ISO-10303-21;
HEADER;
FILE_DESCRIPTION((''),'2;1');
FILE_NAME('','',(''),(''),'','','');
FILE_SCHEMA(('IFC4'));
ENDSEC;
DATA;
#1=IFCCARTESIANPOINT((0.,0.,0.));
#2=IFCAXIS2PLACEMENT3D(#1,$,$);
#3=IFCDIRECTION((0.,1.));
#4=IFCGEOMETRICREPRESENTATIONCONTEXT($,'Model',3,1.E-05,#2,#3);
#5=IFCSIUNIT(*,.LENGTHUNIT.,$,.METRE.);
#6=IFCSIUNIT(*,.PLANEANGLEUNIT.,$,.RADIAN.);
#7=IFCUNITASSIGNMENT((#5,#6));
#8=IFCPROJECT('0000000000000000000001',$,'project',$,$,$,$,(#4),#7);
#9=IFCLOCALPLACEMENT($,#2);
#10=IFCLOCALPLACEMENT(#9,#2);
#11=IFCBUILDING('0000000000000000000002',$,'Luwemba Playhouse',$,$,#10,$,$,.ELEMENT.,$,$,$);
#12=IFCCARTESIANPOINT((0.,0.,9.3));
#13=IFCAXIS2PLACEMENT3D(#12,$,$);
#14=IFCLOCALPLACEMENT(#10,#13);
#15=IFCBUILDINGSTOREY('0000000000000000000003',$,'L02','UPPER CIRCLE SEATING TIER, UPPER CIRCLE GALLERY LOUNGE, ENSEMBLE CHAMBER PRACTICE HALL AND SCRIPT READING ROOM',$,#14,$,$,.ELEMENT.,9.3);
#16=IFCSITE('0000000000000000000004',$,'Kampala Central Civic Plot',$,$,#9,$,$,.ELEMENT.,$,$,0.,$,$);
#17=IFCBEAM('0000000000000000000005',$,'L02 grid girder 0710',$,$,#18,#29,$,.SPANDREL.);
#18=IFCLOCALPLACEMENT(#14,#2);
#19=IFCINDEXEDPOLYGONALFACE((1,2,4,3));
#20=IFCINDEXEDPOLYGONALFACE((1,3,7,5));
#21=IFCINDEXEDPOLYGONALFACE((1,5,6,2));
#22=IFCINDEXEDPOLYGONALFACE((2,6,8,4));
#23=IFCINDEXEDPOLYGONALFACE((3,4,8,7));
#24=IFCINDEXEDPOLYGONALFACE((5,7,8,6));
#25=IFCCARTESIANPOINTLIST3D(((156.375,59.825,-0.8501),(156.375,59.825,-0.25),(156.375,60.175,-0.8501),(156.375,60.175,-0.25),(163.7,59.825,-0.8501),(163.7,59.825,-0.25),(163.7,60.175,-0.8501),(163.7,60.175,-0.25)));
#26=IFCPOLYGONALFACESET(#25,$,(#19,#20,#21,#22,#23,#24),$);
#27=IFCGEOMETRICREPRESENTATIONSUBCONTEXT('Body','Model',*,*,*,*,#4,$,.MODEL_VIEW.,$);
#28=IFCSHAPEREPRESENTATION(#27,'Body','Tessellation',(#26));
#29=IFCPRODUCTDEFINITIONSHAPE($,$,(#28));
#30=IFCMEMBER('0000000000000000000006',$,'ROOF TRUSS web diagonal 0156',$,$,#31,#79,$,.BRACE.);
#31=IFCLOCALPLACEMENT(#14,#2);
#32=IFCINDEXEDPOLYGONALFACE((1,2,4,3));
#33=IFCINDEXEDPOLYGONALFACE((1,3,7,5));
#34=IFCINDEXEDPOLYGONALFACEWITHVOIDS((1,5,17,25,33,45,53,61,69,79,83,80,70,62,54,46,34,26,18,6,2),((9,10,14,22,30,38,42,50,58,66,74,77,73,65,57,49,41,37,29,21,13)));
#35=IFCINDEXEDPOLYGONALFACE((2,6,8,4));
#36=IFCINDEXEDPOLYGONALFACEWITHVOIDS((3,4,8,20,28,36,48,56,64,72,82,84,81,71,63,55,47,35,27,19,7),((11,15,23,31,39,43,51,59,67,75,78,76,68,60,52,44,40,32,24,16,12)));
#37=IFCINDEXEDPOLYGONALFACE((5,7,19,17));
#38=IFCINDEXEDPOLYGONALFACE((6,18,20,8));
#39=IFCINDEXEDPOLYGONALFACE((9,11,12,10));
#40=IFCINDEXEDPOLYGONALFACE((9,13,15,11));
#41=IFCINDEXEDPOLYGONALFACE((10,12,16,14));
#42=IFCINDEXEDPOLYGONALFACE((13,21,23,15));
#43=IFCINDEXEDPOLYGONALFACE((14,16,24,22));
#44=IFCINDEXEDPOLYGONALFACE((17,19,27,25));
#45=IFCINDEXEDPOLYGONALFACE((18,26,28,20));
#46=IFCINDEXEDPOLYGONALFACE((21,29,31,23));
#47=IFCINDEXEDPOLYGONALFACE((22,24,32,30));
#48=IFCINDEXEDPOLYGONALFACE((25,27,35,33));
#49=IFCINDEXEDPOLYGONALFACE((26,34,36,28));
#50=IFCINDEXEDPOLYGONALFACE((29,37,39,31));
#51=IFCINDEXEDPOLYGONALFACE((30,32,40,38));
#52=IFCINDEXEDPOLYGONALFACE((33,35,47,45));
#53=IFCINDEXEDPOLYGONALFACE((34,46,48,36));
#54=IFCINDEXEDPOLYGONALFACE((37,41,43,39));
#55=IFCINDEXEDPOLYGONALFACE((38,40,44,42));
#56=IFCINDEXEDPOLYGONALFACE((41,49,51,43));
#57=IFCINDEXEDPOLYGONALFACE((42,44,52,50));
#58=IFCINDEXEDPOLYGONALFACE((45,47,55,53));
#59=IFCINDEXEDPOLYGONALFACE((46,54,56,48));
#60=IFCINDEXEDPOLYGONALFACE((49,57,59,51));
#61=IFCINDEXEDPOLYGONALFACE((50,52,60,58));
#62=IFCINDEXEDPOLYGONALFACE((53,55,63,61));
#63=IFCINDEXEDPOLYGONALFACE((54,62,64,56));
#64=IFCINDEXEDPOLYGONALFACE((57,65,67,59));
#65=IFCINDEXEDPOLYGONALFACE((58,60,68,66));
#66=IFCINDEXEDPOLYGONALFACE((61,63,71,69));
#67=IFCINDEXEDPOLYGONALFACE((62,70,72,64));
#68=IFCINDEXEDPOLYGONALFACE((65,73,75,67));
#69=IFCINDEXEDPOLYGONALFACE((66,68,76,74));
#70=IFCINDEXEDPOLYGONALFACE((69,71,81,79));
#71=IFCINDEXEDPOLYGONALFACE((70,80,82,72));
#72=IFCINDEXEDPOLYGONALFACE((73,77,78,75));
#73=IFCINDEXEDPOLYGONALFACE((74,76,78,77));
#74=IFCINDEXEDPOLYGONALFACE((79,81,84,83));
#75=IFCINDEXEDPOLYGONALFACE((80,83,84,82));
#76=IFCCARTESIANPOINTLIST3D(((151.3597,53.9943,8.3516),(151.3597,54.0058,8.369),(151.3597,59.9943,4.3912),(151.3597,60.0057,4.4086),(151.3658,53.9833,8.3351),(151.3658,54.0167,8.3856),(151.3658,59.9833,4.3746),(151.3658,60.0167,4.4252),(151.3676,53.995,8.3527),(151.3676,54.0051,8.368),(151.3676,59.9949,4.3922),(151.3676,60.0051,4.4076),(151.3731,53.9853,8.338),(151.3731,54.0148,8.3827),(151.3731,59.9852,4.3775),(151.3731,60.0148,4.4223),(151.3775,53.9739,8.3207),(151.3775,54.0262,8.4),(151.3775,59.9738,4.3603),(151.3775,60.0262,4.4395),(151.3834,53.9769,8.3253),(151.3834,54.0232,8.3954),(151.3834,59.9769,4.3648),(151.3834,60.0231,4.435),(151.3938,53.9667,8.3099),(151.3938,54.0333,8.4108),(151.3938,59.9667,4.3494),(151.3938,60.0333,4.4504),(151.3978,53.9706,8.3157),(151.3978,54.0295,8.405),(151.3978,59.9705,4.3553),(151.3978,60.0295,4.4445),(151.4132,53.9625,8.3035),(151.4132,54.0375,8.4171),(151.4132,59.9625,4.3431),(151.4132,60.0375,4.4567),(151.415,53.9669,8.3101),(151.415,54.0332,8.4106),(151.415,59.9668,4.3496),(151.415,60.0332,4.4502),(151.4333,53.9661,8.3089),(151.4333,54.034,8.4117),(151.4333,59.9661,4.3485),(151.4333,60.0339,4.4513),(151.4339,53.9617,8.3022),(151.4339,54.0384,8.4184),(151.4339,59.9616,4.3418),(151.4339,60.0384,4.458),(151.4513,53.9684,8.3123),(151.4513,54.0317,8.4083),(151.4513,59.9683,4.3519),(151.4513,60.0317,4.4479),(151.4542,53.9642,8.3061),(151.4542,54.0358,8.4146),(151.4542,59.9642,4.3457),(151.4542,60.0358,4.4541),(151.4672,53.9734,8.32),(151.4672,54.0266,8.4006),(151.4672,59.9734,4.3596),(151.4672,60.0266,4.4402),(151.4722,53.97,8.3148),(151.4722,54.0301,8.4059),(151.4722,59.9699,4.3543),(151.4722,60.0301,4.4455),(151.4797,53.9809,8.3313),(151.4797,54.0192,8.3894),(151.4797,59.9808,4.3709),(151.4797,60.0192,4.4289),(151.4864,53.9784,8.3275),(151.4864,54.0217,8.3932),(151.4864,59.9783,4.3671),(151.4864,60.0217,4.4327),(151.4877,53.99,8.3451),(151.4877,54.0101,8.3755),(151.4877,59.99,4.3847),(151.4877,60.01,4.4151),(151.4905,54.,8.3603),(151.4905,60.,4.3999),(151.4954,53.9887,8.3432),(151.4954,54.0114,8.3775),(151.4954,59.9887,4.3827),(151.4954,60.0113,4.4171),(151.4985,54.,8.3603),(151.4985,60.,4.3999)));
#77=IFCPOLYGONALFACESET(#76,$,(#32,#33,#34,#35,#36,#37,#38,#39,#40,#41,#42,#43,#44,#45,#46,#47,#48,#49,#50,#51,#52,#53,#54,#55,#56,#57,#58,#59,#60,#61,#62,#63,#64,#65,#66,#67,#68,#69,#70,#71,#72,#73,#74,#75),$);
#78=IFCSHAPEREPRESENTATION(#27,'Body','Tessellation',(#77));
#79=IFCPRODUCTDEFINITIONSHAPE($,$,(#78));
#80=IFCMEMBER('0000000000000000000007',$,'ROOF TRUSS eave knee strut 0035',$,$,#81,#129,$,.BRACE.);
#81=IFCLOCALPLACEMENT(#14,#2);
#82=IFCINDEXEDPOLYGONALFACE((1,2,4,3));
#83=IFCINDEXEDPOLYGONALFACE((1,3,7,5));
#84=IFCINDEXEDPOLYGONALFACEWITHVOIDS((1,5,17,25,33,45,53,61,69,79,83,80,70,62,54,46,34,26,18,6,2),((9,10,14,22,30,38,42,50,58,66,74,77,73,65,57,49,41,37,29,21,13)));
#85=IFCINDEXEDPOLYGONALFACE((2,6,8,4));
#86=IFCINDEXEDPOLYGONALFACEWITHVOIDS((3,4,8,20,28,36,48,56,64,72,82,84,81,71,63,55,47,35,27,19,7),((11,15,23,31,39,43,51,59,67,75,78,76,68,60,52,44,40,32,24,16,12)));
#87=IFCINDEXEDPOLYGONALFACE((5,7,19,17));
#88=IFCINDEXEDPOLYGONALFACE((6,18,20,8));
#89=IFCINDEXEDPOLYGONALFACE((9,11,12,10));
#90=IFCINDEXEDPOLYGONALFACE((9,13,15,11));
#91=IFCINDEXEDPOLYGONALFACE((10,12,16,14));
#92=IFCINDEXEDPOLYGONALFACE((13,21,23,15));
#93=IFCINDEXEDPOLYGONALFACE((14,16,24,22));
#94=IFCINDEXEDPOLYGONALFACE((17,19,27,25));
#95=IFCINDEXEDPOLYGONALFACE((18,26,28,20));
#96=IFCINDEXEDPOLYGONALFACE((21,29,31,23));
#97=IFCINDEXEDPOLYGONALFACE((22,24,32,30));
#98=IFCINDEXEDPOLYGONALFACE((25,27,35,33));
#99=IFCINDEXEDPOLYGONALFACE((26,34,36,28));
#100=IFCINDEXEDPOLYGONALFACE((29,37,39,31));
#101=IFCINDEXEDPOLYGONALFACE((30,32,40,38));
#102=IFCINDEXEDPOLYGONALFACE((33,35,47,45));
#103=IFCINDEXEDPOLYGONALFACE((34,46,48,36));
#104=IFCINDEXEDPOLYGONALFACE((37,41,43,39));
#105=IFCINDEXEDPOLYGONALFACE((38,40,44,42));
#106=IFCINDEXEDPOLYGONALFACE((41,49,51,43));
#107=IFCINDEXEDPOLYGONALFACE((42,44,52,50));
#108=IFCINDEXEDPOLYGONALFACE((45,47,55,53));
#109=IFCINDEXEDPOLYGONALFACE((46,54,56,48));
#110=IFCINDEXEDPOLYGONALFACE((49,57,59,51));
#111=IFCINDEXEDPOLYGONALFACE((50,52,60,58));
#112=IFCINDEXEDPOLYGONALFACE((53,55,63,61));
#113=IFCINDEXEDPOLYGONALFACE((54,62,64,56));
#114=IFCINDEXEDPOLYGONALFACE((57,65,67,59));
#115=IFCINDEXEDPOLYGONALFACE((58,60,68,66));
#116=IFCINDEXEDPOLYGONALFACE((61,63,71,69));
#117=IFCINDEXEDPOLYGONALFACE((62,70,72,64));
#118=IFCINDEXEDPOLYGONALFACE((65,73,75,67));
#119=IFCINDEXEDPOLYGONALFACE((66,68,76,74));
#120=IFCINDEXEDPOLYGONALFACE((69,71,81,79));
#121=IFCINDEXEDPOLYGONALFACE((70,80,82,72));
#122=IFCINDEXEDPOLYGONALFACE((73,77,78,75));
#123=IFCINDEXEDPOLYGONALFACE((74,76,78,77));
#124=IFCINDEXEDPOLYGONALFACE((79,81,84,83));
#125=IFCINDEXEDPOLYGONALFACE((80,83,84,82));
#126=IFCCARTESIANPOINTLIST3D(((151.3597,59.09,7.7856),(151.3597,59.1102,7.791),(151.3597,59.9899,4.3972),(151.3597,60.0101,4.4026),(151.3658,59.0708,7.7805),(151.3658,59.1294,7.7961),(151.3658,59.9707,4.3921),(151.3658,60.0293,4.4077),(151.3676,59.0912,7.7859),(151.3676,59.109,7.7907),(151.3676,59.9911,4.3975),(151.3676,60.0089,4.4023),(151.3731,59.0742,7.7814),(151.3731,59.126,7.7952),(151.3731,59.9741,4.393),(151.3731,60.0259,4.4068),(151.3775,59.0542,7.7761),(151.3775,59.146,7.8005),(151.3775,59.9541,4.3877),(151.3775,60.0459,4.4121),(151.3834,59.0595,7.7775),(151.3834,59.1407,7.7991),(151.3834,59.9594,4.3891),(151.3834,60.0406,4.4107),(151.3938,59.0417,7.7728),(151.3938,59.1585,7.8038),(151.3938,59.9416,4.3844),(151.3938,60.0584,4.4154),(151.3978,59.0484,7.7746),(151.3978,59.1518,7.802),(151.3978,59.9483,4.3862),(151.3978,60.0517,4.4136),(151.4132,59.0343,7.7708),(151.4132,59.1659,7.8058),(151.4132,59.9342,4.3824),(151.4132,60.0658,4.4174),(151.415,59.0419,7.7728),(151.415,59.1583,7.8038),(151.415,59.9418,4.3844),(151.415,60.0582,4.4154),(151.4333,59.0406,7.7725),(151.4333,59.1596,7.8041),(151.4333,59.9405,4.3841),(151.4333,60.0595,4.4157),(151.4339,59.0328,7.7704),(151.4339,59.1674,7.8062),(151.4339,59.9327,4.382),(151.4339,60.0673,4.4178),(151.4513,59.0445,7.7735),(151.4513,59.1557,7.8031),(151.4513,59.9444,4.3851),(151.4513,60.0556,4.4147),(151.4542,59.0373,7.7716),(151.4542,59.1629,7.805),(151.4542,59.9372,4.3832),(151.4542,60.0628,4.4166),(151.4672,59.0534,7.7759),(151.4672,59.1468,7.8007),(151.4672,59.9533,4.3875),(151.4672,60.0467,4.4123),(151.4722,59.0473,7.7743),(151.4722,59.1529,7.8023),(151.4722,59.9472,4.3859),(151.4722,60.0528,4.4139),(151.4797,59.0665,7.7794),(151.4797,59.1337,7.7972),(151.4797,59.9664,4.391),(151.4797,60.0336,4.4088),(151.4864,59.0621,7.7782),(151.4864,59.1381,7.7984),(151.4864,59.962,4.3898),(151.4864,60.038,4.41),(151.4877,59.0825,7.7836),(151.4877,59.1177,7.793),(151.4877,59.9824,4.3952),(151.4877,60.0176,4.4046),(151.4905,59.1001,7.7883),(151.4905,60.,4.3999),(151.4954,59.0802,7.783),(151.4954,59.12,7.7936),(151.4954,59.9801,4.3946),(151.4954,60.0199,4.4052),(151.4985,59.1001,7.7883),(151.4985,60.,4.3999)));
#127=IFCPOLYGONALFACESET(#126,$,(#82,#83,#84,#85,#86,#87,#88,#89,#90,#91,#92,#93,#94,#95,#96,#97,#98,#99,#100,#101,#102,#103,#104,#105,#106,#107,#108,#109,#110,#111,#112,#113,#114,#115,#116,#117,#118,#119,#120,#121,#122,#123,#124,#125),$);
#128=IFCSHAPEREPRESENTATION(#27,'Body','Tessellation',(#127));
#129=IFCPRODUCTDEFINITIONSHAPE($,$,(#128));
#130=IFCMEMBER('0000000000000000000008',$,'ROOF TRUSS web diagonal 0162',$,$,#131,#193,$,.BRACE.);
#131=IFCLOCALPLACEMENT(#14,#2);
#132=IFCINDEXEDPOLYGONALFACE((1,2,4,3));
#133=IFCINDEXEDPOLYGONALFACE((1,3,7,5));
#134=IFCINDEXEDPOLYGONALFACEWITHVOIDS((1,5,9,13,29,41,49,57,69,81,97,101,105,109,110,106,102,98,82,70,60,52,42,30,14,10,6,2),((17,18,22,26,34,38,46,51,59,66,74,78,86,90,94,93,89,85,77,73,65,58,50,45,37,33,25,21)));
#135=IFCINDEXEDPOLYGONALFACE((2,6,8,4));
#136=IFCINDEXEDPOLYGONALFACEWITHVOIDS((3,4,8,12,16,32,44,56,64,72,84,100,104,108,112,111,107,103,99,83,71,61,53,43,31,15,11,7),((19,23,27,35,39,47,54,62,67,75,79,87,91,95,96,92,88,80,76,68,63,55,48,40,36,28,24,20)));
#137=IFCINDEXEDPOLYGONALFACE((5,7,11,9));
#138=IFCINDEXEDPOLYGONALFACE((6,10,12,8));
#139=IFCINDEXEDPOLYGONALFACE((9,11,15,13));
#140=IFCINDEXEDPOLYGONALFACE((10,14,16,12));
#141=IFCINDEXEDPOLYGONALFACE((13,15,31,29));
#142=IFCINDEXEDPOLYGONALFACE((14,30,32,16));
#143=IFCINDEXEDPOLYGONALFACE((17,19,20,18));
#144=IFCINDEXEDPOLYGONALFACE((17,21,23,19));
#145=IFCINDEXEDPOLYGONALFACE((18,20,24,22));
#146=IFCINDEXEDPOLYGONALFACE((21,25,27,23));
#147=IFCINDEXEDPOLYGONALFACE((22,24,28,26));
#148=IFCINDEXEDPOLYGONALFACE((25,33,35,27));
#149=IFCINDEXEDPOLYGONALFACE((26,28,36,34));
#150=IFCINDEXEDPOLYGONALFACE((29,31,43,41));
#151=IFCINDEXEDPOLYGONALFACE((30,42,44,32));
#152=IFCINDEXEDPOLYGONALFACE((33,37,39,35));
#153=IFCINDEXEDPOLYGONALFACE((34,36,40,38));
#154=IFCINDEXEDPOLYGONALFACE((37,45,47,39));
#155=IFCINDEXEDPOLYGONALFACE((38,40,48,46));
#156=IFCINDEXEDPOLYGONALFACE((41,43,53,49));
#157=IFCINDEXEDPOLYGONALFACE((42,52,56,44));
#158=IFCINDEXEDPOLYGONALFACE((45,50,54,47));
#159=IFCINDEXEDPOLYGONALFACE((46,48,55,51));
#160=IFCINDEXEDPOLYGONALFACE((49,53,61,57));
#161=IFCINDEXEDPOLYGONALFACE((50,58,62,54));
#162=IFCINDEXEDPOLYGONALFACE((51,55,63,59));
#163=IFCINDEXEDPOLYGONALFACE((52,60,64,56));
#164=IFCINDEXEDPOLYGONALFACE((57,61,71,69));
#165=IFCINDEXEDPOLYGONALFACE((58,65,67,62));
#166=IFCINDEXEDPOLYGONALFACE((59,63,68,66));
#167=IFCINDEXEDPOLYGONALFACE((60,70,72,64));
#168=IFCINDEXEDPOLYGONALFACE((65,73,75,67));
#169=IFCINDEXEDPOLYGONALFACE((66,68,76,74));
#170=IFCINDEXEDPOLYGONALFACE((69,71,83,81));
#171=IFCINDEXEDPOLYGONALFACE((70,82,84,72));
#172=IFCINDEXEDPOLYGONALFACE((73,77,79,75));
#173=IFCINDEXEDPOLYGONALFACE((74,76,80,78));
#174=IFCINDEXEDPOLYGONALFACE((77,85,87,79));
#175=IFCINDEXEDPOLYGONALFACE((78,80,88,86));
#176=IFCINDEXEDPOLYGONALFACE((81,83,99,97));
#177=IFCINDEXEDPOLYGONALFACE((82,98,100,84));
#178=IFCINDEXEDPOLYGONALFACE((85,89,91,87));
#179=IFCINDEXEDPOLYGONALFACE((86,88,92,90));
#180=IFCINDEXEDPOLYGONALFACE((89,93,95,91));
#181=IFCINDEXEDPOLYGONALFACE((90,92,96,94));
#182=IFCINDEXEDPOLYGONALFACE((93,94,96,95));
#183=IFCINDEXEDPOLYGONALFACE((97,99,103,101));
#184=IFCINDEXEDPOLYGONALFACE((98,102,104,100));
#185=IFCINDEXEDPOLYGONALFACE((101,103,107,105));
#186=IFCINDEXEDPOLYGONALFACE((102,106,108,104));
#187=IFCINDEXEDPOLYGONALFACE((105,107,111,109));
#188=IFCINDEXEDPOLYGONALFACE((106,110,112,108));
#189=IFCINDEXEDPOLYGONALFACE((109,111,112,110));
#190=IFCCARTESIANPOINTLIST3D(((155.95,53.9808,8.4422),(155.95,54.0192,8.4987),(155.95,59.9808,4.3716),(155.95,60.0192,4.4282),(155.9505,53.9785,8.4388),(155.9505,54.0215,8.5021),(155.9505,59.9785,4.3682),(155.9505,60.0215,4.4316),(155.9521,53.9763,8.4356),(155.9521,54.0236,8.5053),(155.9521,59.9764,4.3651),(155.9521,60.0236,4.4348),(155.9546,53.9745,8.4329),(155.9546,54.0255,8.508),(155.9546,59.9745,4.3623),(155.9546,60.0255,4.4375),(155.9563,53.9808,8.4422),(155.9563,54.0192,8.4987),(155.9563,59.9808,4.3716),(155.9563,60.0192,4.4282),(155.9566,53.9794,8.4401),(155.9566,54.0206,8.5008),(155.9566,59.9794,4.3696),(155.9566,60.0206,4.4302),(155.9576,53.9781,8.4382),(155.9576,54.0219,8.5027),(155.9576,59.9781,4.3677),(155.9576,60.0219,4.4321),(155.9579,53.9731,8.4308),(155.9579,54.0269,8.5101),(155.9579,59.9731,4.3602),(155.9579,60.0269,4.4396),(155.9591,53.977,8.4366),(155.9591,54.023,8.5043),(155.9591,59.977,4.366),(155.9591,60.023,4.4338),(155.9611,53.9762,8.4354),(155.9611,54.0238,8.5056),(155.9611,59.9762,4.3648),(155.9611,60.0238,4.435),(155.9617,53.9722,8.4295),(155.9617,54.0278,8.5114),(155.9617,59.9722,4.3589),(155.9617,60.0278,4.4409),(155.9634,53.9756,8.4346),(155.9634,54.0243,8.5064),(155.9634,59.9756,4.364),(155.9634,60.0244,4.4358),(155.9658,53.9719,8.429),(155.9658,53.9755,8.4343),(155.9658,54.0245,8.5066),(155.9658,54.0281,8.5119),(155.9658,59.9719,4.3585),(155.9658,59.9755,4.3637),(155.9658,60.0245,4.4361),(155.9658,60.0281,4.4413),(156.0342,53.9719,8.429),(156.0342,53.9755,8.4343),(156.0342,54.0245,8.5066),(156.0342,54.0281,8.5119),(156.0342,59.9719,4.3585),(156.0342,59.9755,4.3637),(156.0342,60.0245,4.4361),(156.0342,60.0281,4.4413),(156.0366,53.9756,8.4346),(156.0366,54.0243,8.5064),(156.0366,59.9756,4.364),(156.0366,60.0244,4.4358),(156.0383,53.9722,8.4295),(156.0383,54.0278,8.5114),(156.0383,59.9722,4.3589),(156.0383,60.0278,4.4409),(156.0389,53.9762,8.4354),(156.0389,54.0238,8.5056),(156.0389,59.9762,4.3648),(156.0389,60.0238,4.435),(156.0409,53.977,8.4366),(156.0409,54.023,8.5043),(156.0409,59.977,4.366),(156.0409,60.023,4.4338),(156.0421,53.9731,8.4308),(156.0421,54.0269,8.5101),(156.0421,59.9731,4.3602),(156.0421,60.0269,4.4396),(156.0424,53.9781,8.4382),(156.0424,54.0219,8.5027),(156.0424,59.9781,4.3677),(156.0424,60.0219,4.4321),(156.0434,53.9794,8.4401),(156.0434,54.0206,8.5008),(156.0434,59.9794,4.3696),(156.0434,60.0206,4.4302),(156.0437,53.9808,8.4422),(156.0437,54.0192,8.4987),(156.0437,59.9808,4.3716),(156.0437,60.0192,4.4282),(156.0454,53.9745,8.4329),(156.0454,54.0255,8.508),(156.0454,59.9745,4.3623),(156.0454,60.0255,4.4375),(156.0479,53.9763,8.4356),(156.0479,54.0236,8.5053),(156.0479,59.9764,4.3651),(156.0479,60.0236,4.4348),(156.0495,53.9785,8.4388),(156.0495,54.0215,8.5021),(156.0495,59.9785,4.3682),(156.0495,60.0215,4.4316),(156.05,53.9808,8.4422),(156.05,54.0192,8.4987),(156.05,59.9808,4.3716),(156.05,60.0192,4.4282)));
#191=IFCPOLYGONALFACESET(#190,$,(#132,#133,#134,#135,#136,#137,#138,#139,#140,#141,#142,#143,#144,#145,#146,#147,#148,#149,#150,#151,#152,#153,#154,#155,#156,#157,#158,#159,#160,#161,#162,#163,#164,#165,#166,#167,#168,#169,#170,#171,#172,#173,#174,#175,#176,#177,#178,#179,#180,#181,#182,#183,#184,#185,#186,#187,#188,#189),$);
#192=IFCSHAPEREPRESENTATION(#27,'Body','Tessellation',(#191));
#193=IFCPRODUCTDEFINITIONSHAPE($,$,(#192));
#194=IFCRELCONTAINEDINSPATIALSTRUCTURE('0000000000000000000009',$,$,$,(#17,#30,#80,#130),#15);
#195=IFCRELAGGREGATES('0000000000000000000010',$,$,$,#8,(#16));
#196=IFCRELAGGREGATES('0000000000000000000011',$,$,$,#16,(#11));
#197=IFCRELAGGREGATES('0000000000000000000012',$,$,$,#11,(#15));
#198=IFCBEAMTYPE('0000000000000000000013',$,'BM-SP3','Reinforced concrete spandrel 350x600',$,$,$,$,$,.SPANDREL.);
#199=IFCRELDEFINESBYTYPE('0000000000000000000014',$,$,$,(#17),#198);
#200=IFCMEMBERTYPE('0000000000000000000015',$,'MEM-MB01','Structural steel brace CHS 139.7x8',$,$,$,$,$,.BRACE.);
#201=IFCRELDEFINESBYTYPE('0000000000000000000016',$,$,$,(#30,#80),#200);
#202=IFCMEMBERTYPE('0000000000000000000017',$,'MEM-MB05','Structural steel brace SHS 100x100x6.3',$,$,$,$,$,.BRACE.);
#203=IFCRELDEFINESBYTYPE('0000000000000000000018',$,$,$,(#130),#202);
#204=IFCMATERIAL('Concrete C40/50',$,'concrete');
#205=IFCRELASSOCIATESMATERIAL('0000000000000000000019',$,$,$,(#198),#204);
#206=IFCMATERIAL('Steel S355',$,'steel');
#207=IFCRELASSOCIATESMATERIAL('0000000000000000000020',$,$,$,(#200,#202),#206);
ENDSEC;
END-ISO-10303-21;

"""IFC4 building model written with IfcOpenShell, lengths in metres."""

from ifc_helpers import new_model, si_unit, direction, frame, origin, origin_2d, place, context, subcontext, project, spatial, rectangle, hollow_rectangle, hollow_circle, extrude, material, material_profile, profile_set, type_object, element, save


model = new_model("IFC4")

# Units and contexts
model_context = context("Model", 3, precision=1e-05, world=origin(), true_north=direction((0.0, 1.0)))
body_context = subcontext(model_context, "Body", "Model", "MODEL_VIEW")
ifc_project = project(units=[si_unit("LENGTHUNIT", "METRE"), si_unit("PLANEANGLEUNIT", "RADIAN")], contexts=[model_context])

# Site, building, storey
site_placement = place(None, origin())
site = spatial("IfcSite", under=ifc_project, at=site_placement, Name="Kampala Central Civic Plot", CompositionType="ELEMENT", RefElevation=0.0)
building_placement = place(site_placement, origin())
building = spatial("IfcBuilding", under=site, at=building_placement, Name="Luwemba Playhouse", CompositionType="ELEMENT")
storey_placement = place(building_placement, frame((0.0, 0.0, 9.3)))
storey = spatial("IfcBuildingStorey", under=building, at=storey_placement, Name="L02", Description="UPPER CIRCLE SEATING TIER, UPPER CIRCLE GALLERY LOUNGE, ENSEMBLE CHAMBER PRACTICE HALL AND SCRIPT READING ROOM", CompositionType="ELEMENT", Elevation=9.3)

# Shared definitions
ifc_material_1 = material(Name="Concrete C40/50", Category="concrete")

# Beam
ifc_material_2 = material(Name="Steel S355", Category="steel")
ifc_material_profile_1 = material_profile(ifc_material_1, rectangle(XDim=0.3501, YDim=0.6001, at=origin_2d()))
ifc_profile_set_1 = profile_set([ifc_material_profile_1], Name="Concrete C40/50")
beam_type_1 = type_object("IfcBeamType", Name="BM-SP3", Description="Reinforced concrete spandrel 350x600", PredefinedType="SPANDREL", material=ifc_profile_set_1)
beam_1_placement = place(storey_placement, frame((156.375, 60.0, -0.55), z_axis=(1.0, 0.0, 0.0), x_axis=(0.0, 1.0, 0.0)))
element("IfcBeam", 1, at=beam_1_placement, inside=storey, type_object=beam_type_1, Name="L02 grid girder 0710", PredefinedType="SPANDREL", context=body_context, shape_type="SweptSolid", body=[
    extrude(rectangle(XDim=0.3501, YDim=0.6001, at=origin_2d()), origin(), (0.0, 0.0, 1.0), 7.325),
])

# Members
ifc_material_profile_2 = material_profile(ifc_material_2, hollow_circle(Radius=0.0698, WallThickness=0.0081, at=origin_2d()))
ifc_profile_set_2 = profile_set([ifc_material_profile_2], Name="Steel S355")
member_type_1 = type_object("IfcMemberType", Name="MEM-MB01", Description="Structural steel brace CHS 139.7x8", PredefinedType="BRACE", material=ifc_profile_set_2)
member_1_placement = place(storey_placement, frame((151.4287, 60.0, 4.3999), z_axis=(0.0, -0.834581, 0.550886), x_axis=(1.0, 0.0, 0.0)))
element("IfcMember", 2, at=member_1_placement, inside=storey, type_object=member_type_1, Name="ROOF TRUSS web diagonal 0156", PredefinedType="BRACE", context=body_context, shape_type="SweptSolid", body=[
    extrude(hollow_circle(Radius=0.0698, WallThickness=0.0081, at=origin_2d()), origin(), (0.0, 0.0, 1.0), 7.1892),
])
member_2_placement = place(storey_placement, frame((151.4287, 60.0, 4.3999), z_axis=(0.0, -0.256683, 0.966496), x_axis=(1.0, 0.0, 0.0)))
element("IfcMember", 3, at=member_2_placement, inside=storey, type_object=member_type_1, Name="ROOF TRUSS eave knee strut 0035", PredefinedType="BRACE", context=body_context, shape_type="SweptSolid", body=[
    extrude(hollow_circle(Radius=0.0698, WallThickness=0.0081, at=origin_2d()), origin(), (0.0, 0.0, 1.0), 3.5059),
])
ifc_material_profile_3 = material_profile(ifc_material_2, hollow_rectangle(XDim=0.1001, YDim=0.1001, WallThickness=0.0063, InnerFilletRadius=0.0095, OuterFilletRadius=0.0159, at=origin_2d()))
ifc_profile_set_3 = profile_set([ifc_material_profile_3], Name="Steel S355")
member_type_2 = type_object("IfcMemberType", Name="MEM-MB05", Description="Structural steel brace SHS 100x100x6.3", PredefinedType="BRACE", material=ifc_profile_set_3)
member_3_placement = place(storey_placement, frame((156.0, 60.0, 4.3999), z_axis=(0.0, -0.827532, 0.561419), x_axis=(1.0, 0.0, 0.0)))
element("IfcMember", 4, at=member_3_placement, inside=storey, type_object=member_type_2, Name="ROOF TRUSS web diagonal 0162", PredefinedType="BRACE", context=body_context, shape_type="SweptSolid", body=[
    extrude(hollow_rectangle(XDim=0.1001, YDim=0.1001, WallThickness=0.0063, InnerFilletRadius=0.0095, OuterFilletRadius=0.0159, at=origin_2d()), origin(), (0.0, 0.0, 1.0), 7.2505),
])

save(model, "model.ifc")
